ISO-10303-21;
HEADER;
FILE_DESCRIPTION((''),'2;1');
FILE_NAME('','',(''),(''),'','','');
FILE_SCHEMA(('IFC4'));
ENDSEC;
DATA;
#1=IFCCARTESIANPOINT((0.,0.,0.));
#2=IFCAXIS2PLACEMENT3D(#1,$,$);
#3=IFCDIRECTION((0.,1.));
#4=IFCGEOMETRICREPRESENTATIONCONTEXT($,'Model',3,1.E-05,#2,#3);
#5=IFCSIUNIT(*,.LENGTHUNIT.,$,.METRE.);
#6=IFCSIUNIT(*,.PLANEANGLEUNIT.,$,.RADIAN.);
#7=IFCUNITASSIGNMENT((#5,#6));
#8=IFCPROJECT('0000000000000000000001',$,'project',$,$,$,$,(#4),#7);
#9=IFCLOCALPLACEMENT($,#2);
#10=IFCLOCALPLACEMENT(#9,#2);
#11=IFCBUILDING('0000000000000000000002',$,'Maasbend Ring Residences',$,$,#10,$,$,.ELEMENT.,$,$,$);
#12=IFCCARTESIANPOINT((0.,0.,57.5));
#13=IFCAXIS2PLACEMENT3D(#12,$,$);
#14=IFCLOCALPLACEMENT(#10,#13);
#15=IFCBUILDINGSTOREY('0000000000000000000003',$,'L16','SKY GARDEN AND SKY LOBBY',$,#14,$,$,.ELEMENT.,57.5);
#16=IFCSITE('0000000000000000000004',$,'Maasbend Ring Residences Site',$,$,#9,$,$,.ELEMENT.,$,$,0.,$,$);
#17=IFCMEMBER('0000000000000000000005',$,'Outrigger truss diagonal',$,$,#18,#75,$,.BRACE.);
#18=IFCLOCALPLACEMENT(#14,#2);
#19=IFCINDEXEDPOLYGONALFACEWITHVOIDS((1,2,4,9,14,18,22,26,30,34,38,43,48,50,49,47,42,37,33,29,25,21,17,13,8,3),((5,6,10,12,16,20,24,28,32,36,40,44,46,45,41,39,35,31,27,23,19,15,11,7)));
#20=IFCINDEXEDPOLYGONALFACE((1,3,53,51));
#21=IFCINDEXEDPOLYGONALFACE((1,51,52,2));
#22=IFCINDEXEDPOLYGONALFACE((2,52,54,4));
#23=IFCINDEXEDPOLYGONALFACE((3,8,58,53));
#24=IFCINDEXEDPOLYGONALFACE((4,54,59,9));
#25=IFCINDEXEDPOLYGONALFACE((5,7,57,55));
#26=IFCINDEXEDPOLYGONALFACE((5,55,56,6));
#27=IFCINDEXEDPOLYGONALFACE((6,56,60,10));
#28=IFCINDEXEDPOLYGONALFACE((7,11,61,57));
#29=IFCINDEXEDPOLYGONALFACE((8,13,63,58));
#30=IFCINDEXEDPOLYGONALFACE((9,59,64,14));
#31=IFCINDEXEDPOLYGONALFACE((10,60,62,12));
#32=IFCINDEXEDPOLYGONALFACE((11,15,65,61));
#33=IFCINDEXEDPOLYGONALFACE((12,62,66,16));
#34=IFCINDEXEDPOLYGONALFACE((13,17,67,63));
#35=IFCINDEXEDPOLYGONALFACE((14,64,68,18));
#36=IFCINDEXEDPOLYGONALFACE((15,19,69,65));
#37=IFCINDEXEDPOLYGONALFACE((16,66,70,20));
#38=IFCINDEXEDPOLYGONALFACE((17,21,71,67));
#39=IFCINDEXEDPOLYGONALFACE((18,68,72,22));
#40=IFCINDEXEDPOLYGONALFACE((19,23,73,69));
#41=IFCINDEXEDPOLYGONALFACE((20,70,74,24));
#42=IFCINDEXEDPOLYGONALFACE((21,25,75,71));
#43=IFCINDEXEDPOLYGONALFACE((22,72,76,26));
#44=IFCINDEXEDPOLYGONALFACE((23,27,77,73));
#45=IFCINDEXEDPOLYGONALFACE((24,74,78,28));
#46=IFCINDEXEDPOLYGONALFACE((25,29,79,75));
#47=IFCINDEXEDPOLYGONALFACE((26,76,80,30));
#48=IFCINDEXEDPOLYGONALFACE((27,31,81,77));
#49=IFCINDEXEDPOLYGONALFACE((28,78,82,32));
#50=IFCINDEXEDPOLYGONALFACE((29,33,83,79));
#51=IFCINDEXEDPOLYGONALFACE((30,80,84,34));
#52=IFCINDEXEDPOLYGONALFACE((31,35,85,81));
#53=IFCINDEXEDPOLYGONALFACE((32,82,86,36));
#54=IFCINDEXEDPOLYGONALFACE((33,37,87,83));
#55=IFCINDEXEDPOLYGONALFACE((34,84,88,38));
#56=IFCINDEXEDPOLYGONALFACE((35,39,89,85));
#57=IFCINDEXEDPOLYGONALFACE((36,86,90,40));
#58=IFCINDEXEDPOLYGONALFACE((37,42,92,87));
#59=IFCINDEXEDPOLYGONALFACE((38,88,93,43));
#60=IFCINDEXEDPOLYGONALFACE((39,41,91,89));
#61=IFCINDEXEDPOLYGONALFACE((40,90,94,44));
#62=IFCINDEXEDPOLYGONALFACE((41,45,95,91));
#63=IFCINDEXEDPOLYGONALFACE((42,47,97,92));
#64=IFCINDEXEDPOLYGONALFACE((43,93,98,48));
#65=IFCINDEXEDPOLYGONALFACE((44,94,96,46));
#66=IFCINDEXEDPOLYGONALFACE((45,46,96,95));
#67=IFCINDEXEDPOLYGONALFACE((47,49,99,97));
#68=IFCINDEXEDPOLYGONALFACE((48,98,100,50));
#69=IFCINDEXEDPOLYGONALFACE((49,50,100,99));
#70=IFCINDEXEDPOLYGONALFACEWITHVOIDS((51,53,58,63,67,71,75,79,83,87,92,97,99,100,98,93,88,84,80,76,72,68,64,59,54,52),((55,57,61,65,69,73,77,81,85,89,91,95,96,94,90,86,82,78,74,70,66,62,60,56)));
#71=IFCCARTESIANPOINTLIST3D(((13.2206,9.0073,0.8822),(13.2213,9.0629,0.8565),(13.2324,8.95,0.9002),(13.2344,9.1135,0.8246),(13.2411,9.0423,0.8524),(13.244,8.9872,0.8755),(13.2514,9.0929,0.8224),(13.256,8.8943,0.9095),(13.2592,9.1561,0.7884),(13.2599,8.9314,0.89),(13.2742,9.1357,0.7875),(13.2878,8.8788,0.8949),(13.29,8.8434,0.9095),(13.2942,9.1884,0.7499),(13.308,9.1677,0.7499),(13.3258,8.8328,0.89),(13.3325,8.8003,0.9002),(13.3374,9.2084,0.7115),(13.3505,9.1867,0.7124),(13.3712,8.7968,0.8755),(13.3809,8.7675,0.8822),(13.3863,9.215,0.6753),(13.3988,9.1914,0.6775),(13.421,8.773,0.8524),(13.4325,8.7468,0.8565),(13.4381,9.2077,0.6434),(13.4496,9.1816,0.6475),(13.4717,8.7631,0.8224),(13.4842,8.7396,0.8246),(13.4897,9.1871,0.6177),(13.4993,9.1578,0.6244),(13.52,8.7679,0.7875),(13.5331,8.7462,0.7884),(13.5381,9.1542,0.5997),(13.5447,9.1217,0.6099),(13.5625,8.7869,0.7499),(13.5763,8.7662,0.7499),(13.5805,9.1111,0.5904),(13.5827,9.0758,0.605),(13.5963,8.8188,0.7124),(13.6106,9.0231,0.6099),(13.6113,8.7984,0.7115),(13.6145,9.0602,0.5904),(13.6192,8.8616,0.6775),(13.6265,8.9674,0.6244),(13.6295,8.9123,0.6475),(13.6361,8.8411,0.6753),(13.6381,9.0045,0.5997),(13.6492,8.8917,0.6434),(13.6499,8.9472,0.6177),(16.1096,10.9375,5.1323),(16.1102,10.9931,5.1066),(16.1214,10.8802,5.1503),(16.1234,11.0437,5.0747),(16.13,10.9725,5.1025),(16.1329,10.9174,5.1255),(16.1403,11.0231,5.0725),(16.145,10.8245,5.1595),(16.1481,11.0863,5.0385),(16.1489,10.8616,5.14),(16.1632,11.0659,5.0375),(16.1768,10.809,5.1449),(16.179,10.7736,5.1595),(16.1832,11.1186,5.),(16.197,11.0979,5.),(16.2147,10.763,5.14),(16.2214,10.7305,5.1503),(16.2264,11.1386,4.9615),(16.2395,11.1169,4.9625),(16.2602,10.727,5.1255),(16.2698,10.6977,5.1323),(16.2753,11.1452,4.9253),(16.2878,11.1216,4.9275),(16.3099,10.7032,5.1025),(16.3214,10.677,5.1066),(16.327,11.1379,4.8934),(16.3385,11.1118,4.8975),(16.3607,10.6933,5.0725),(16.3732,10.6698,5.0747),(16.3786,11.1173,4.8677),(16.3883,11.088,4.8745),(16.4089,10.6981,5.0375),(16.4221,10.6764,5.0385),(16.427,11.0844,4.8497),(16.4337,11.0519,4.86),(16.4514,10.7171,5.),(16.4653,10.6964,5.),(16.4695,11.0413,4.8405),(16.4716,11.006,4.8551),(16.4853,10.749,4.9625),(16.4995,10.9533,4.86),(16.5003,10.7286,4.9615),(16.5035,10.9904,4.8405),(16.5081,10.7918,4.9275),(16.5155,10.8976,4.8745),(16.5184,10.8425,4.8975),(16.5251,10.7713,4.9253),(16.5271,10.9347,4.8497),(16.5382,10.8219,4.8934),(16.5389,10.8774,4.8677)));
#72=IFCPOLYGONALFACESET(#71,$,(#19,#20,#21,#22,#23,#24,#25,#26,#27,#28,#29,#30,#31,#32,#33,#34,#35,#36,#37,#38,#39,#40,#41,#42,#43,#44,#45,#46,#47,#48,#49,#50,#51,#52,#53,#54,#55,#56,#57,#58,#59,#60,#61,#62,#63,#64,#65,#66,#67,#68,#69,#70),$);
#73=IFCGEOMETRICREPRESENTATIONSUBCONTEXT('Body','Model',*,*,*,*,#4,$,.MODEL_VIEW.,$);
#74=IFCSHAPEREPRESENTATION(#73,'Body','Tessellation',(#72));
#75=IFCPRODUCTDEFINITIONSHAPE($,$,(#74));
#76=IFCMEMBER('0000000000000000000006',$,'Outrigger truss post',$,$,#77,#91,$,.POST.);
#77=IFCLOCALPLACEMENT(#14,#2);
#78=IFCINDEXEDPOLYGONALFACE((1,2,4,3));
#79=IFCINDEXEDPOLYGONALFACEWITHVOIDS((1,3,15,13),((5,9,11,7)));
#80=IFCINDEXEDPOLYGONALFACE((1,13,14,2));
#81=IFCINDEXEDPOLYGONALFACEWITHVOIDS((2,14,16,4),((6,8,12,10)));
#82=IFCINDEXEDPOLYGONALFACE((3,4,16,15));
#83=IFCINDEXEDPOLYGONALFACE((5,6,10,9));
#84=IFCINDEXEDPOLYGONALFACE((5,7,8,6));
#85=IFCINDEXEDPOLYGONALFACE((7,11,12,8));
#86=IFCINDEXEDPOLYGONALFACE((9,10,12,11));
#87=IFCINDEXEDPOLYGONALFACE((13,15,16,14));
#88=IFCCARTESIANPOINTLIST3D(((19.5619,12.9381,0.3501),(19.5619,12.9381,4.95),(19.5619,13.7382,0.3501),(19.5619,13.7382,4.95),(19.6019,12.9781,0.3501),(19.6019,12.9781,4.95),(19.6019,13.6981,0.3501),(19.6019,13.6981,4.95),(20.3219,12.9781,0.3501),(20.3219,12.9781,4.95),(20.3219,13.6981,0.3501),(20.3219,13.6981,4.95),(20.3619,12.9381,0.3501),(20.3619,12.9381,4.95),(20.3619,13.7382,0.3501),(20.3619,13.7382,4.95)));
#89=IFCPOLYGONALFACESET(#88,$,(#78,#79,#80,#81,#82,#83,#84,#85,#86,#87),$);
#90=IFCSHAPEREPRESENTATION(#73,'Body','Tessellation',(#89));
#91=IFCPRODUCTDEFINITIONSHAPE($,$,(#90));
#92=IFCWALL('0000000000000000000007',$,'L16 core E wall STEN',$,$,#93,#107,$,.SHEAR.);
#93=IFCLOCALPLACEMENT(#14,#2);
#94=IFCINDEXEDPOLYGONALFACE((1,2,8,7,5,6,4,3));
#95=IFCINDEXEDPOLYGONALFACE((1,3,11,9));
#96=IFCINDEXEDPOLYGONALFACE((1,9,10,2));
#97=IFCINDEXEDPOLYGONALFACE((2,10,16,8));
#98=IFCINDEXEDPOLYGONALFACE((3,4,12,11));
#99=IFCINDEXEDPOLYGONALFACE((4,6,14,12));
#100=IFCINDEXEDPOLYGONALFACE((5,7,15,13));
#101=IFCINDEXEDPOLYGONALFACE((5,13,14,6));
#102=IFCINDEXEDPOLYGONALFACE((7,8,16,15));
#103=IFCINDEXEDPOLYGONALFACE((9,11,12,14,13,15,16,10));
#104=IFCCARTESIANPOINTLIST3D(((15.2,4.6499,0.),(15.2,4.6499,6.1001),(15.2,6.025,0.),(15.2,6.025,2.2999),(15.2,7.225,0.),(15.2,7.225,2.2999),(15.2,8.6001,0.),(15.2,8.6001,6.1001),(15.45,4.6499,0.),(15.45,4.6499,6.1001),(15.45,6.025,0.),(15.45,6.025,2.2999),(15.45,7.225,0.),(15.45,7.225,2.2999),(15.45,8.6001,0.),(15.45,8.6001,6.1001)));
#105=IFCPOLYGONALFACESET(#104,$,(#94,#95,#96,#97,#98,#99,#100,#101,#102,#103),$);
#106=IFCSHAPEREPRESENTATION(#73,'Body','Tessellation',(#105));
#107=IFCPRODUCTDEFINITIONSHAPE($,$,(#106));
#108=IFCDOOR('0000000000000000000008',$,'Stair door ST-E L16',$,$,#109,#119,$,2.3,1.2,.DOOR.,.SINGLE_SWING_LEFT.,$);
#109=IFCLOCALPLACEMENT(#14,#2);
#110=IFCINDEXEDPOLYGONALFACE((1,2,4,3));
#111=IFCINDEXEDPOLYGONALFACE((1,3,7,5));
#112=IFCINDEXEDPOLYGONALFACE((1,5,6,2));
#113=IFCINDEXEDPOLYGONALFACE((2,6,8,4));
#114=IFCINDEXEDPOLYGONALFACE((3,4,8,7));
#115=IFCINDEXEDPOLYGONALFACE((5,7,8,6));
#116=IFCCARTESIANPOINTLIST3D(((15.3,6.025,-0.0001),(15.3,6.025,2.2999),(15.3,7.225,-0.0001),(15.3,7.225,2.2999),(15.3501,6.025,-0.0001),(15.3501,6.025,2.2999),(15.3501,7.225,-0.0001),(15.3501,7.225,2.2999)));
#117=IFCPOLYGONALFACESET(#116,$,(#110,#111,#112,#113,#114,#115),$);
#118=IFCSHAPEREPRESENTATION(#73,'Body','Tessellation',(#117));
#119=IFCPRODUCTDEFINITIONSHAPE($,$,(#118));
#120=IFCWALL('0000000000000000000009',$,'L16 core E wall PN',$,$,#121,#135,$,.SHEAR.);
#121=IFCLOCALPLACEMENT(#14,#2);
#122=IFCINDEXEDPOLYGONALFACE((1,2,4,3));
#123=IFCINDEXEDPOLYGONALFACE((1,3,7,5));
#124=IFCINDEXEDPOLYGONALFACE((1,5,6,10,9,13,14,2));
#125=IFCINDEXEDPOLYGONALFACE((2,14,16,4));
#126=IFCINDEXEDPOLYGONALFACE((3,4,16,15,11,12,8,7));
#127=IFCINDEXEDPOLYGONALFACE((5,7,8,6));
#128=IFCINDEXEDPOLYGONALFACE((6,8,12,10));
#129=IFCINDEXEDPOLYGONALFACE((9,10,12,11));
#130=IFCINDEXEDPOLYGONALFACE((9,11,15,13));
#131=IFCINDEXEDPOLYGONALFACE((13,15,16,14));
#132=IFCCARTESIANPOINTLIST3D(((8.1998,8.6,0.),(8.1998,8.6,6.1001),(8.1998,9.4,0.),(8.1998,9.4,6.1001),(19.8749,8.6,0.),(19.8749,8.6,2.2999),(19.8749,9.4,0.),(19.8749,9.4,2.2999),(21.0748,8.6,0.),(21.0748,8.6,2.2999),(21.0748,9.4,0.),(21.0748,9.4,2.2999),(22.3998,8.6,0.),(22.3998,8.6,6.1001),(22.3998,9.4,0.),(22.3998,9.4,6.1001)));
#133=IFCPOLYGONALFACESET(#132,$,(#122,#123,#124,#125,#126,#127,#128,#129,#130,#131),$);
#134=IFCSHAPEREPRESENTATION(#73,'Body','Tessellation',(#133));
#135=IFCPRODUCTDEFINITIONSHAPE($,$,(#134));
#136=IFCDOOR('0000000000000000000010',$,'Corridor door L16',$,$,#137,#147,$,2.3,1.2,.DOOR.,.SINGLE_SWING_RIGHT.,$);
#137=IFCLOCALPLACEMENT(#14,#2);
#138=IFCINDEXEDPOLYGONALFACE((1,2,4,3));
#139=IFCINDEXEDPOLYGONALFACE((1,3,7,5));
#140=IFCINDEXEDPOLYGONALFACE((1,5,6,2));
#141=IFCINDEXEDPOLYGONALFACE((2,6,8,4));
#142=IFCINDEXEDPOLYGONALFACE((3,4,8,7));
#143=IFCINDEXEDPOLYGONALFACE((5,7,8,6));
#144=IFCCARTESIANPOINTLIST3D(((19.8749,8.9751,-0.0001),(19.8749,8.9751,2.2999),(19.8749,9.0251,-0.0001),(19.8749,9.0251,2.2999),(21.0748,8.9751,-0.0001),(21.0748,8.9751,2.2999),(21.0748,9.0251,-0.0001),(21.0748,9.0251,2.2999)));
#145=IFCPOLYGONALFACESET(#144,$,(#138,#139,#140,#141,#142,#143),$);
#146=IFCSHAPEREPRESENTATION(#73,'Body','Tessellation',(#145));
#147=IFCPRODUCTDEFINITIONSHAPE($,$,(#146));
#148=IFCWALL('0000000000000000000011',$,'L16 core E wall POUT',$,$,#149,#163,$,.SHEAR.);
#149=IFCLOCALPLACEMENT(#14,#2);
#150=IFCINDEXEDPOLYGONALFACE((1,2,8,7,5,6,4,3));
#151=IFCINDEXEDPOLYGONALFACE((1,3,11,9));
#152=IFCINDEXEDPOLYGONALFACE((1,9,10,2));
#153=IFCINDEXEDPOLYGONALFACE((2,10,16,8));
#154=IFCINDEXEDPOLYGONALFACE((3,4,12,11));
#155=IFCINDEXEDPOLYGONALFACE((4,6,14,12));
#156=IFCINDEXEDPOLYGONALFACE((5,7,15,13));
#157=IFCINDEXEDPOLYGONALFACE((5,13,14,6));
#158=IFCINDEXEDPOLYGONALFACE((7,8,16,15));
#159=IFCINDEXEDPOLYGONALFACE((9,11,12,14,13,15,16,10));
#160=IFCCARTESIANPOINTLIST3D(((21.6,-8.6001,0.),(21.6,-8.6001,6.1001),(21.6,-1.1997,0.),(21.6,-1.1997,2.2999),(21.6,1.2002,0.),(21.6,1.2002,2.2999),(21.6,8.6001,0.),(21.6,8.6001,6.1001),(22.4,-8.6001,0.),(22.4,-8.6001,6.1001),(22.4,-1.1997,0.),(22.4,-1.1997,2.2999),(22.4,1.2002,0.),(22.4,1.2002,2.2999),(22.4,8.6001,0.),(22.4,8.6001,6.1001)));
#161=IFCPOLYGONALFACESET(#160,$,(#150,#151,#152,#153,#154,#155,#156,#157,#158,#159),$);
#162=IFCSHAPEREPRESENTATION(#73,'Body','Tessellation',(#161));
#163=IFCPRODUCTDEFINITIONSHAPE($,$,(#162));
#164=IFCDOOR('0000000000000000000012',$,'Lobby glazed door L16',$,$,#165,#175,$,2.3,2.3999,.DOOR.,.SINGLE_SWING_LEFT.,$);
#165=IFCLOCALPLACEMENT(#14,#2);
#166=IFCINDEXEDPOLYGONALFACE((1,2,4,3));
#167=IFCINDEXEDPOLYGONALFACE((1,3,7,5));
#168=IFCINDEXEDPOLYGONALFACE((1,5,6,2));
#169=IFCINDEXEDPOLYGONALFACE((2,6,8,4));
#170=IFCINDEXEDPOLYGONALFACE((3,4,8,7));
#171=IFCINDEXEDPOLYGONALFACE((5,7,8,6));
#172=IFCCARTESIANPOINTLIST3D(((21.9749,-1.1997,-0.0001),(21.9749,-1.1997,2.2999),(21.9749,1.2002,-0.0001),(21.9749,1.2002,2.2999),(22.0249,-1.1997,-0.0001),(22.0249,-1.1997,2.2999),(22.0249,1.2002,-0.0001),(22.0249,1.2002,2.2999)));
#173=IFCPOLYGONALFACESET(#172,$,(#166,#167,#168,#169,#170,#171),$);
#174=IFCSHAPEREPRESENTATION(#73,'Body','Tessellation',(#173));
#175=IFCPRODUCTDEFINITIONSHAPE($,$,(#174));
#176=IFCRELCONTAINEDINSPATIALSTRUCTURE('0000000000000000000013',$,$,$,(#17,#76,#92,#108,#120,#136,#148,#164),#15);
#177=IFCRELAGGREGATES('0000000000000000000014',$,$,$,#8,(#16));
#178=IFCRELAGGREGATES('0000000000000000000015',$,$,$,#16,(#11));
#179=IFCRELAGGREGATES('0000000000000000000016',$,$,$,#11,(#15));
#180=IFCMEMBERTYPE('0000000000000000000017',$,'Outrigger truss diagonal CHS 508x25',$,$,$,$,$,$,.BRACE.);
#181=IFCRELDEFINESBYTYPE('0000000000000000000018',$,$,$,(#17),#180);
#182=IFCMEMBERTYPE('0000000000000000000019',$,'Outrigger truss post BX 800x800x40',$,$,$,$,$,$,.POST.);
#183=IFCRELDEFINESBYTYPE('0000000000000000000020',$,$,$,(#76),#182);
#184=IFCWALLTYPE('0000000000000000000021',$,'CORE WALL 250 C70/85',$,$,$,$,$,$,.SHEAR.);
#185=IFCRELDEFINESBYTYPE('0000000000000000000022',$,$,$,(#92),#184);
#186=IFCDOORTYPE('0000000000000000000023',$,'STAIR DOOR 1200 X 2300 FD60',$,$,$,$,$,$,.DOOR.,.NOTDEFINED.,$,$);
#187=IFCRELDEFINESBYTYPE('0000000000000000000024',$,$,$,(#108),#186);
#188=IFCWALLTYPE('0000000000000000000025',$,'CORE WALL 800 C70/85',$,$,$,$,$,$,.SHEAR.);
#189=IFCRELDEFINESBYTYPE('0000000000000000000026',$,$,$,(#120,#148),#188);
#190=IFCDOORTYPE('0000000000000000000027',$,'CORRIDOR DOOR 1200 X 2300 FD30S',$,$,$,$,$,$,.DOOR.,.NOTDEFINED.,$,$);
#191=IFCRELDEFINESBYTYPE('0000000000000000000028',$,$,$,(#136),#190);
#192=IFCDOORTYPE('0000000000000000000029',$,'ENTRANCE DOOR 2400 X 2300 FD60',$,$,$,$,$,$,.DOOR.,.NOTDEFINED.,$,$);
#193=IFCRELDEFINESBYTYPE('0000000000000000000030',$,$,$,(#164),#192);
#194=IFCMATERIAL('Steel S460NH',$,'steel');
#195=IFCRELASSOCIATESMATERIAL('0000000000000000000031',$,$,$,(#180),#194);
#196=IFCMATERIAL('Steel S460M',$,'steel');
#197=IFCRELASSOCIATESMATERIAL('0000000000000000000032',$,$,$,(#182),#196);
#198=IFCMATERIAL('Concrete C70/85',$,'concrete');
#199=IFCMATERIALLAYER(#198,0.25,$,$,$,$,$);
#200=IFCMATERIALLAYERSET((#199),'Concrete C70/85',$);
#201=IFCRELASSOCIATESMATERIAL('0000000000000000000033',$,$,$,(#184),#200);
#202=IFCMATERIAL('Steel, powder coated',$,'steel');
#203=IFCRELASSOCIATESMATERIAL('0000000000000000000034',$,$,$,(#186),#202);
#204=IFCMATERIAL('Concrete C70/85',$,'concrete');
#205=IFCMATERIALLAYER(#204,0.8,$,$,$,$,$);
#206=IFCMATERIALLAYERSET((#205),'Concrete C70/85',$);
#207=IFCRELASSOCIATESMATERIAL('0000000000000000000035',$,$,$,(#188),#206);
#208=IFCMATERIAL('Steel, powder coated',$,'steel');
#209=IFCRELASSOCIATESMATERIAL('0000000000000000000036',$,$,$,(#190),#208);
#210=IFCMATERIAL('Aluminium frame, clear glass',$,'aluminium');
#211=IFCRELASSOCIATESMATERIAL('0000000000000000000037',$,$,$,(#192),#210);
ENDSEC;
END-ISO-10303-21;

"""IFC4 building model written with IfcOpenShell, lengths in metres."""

from ifc_helpers import new_model, si_unit, direction, frame, frame_2d, origin, origin_2d, place, context, subcontext, project, spatial, rectangle, hollow_rectangle, hollow_circle, extrude, material, layer, layer_set, material_profile, profile_set, type_object, element, fill, save


model = new_model("IFC4")

# Units and contexts
model_context = context("Model", 3, precision=1e-05, world=origin(), true_north=direction((0.0, 1.0)))
body_context = subcontext(model_context, "Body", "Model", "MODEL_VIEW")
ifc_project = project(units=[si_unit("LENGTHUNIT", "METRE"), si_unit("PLANEANGLEUNIT", "RADIAN")], contexts=[model_context])

# Site, building, storey
site_placement = place(None, origin())
site = spatial("IfcSite", under=ifc_project, at=site_placement, Name="Maasbend Ring Residences Site", CompositionType="ELEMENT", RefElevation=0.0)
building_placement = place(site_placement, origin())
building = spatial("IfcBuilding", under=site, at=building_placement, Name="Maasbend Ring Residences", CompositionType="ELEMENT")
storey_placement = place(building_placement, frame((0.0, 0.0, 57.5)))
storey = spatial("IfcBuildingStorey", under=building, at=storey_placement, Name="L16", Description="SKY GARDEN AND SKY LOBBY", CompositionType="ELEMENT", Elevation=57.5)

# Members
ifc_material_1 = material(Name="Steel S460NH", Category="steel")
ifc_material_profile_1 = material_profile(ifc_material_1, hollow_circle(Radius=0.2539, WallThickness=0.0249, at=origin_2d()), Name="Outrigger truss diagonal CHS 508x25")
ifc_profile_set_1 = profile_set([ifc_material_profile_1], Name="Steel S460NH")
member_type_1 = type_object("IfcMemberType", Name="Outrigger truss diagonal CHS 508x25", PredefinedType="BRACE", material=ifc_profile_set_1)
member_1_placement = place(storey_placement, frame((16.3242, 10.9075, 5.0), z_axis=(-0.526268, -0.351616, -0.774214), x_axis=(0.555543, -0.831488, 0.0)))
element("IfcMember", 1, at=member_1_placement, inside=storey, type_object=member_type_1, Name="Outrigger truss diagonal", PredefinedType="BRACE", context=body_context, shape_type="SweptSolid", body=[
    extrude(hollow_circle(Radius=0.2539, WallThickness=0.0249, at=origin_2d()), origin(), (0.0, 0.0, 1.0), 5.4895),
])
ifc_material_2 = material(Name="Steel S460M", Category="steel")
ifc_material_profile_2 = material_profile(ifc_material_2, hollow_rectangle(XDim=0.8, YDim=0.8, WallThickness=0.04, at=origin_2d()), Name="Outrigger truss post BX 800x800x40")
ifc_profile_set_2 = profile_set([ifc_material_profile_2], Name="Steel S460M")
member_type_2 = type_object("IfcMemberType", Name="Outrigger truss post BX 800x800x40", PredefinedType="POST", material=ifc_profile_set_2)
member_2_placement = place(storey_placement, frame((19.9619, 13.3381, 0.3501), z_axis=(0.0, 0.0, 1.0), x_axis=(1.0, 0.0, 0.0)))
element("IfcMember", 2, at=member_2_placement, inside=storey, type_object=member_type_2, Name="Outrigger truss post", PredefinedType="POST", context=body_context, shape_type="SweptSolid", body=[
    extrude(hollow_rectangle(XDim=0.8, YDim=0.8, WallThickness=0.04, at=origin_2d()), origin(), (0.0, 0.0, 1.0), 4.5999),
])

# Walls, openings, doors
ifc_material_3 = material(Name="Concrete C70/85", Category="concrete")
ifc_layer_1 = layer(ifc_material_3, 0.25)
ifc_layer_set_1 = layer_set([ifc_layer_1], Name="Concrete C70/85")
wall_type_1 = type_object("IfcWallType", Name="CORE WALL 250 C70/85", PredefinedType="SHEAR", material=ifc_layer_set_1)
wall_1_placement = place(storey_placement, frame((15.325, 4.6499, 0.0), z_axis=(0.0, 0.0, 1.0), x_axis=(0.0, 1.0, 0.0)))
wall_1 = element("IfcWall", 3, at=wall_1_placement, inside=storey, type_object=wall_type_1, Name="L16 core E wall STEN", PredefinedType="SHEAR", context=body_context, shape_type="SweptSolid", body=[
    extrude(rectangle(XDim=3.9502, YDim=0.25, at=frame_2d((1.9751, 0.0))), origin(), (0.0, 0.0, 1.0), 6.1001),
])
opening_1_placement = place(wall_1_placement, frame((1.375, 0.0, 0.0)))
opening_1 = element("IfcOpeningElement", 4, at=opening_1_placement, cuts=wall_1, PredefinedType="OPENING", context=body_context, shape_type="SweptSolid", body=[
    extrude(rectangle(XDim=1.2, YDim=2.3, at=frame_2d((0.6001, 1.1499))), frame((0.0, 0.135, 0.0), z_axis=(0.0, -1.0, 0.0), x_axis=(1.0, 0.0, 0.0)), (0.0, 0.0, 1.0), 0.27),
])
ifc_material_4 = material(Name="Steel, powder coated", Category="steel")
door_type_1 = type_object("IfcDoorType", Name="STAIR DOOR 1200 X 2300 FD60", OperationType="NOTDEFINED", PredefinedType="DOOR", material=ifc_material_4)
door_1_placement = place(opening_1_placement, origin())
door_1 = element("IfcDoor", 5, at=door_1_placement, inside=storey, type_object=door_type_1, Name="Stair door ST-E L16", OperationType="SINGLE_SWING_LEFT", OverallHeight=2.3, OverallWidth=1.2, PredefinedType="DOOR", context=body_context, shape_type="SweptSolid", body=[
    extrude(rectangle(XDim=1.2, YDim=2.3, at=frame_2d((0.6001, 1.1499))), frame((0.0, 0.0249, 0.0), z_axis=(0.0, -1.0, 0.0), x_axis=(1.0, 0.0, 0.0)), (0.0, 0.0, 1.0), 0.05),
])
fill(opening_1, door_1)
ifc_material_5 = material(Name="Concrete C70/85", Category="concrete")
ifc_layer_2 = layer(ifc_material_5, 0.8)
ifc_layer_set_2 = layer_set([ifc_layer_2], Name="Concrete C70/85")
wall_type_2 = type_object("IfcWallType", Name="CORE WALL 800 C70/85", PredefinedType="SHEAR", material=ifc_layer_set_2)
wall_2_placement = place(storey_placement, frame((22.3999, 9.0, 0.0), z_axis=(0.0, 0.0, 1.0), x_axis=(-1.0, 0.0, 0.0)))
wall_2 = element("IfcWall", 6, at=wall_2_placement, inside=storey, type_object=wall_type_2, Name="L16 core E wall PN", PredefinedType="SHEAR", context=body_context, shape_type="SweptSolid", body=[
    extrude(rectangle(XDim=14.2, YDim=0.8, at=frame_2d((7.1001, 0.0))), origin(), (0.0, 0.0, 1.0), 6.1001),
])
opening_2_placement = place(wall_2_placement, frame((1.325, 0.0, 0.0)))
opening_2 = element("IfcOpeningElement", 7, at=opening_2_placement, cuts=wall_2, PredefinedType="OPENING", context=body_context, shape_type="SweptSolid", body=[
    extrude(rectangle(XDim=1.2, YDim=2.3, at=frame_2d((0.6001, 1.1499))), frame((0.0, 0.4102, 0.0), z_axis=(0.0, -1.0, 0.0), x_axis=(1.0, 0.0, 0.0)), (0.0, 0.0, 1.0), 0.8201),
])
ifc_material_6 = material(Name="Steel, powder coated", Category="steel")
door_type_2 = type_object("IfcDoorType", Name="CORRIDOR DOOR 1200 X 2300 FD30S", OperationType="NOTDEFINED", PredefinedType="DOOR", material=ifc_material_6)
door_2_placement = place(opening_2_placement, origin())
door_2 = element("IfcDoor", 8, at=door_2_placement, inside=storey, type_object=door_type_2, Name="Corridor door L16", OperationType="SINGLE_SWING_RIGHT", OverallHeight=2.3, OverallWidth=1.2, PredefinedType="DOOR", context=body_context, shape_type="SweptSolid", body=[
    extrude(rectangle(XDim=1.2, YDim=2.3, at=frame_2d((0.6001, 1.1499))), frame((0.0, 0.0249, 0.0), z_axis=(0.0, -1.0, 0.0), x_axis=(1.0, 0.0, 0.0)), (0.0, 0.0, 1.0), 0.05),
])
fill(opening_2, door_2)
wall_3_placement = place(storey_placement, frame((22.0, 8.6001, 0.0), z_axis=(0.0, 0.0, 1.0), x_axis=(0.0, -1.0, 0.0)))
wall_3 = element("IfcWall", 9, at=wall_3_placement, inside=storey, type_object=wall_type_2, Name="L16 core E wall POUT", PredefinedType="SHEAR", context=body_context, shape_type="SweptSolid", body=[
    extrude(rectangle(XDim=17.2002, YDim=0.8, at=frame_2d((8.6001, 0.0))), origin(), (0.0, 0.0, 1.0), 6.1001),
])
opening_3_placement = place(wall_3_placement, frame((7.3999, 0.0, 0.0)))
opening_3 = element("IfcOpeningElement", 10, at=opening_3_placement, cuts=wall_3, PredefinedType="OPENING", context=body_context, shape_type="SweptSolid", body=[
    extrude(rectangle(XDim=2.3999, YDim=2.3, at=frame_2d((1.2, 1.1499))), frame((0.0, 0.4102, 0.0), z_axis=(0.0, -1.0, 0.0), x_axis=(1.0, 0.0, 0.0)), (0.0, 0.0, 1.0), 0.8201),
])
ifc_material_7 = material(Name="Aluminium frame, clear glass", Category="aluminium")
door_type_3 = type_object("IfcDoorType", Name="ENTRANCE DOOR 2400 X 2300 FD60", OperationType="NOTDEFINED", PredefinedType="DOOR", material=ifc_material_7)
door_3_placement = place(opening_3_placement, origin())
door_3 = element("IfcDoor", 11, at=door_3_placement, inside=storey, type_object=door_type_3, Name="Lobby glazed door L16", OperationType="SINGLE_SWING_LEFT", OverallHeight=2.3, OverallWidth=2.3999, PredefinedType="DOOR", context=body_context, shape_type="SweptSolid", body=[
    extrude(rectangle(XDim=2.3999, YDim=2.3, at=frame_2d((1.2, 1.1499))), frame((0.0, 0.0249, 0.0), z_axis=(0.0, -1.0, 0.0), x_axis=(1.0, 0.0, 0.0)), (0.0, 0.0, 1.0), 0.05),
])
fill(opening_3, door_3)

save(model, "model.ifc")
